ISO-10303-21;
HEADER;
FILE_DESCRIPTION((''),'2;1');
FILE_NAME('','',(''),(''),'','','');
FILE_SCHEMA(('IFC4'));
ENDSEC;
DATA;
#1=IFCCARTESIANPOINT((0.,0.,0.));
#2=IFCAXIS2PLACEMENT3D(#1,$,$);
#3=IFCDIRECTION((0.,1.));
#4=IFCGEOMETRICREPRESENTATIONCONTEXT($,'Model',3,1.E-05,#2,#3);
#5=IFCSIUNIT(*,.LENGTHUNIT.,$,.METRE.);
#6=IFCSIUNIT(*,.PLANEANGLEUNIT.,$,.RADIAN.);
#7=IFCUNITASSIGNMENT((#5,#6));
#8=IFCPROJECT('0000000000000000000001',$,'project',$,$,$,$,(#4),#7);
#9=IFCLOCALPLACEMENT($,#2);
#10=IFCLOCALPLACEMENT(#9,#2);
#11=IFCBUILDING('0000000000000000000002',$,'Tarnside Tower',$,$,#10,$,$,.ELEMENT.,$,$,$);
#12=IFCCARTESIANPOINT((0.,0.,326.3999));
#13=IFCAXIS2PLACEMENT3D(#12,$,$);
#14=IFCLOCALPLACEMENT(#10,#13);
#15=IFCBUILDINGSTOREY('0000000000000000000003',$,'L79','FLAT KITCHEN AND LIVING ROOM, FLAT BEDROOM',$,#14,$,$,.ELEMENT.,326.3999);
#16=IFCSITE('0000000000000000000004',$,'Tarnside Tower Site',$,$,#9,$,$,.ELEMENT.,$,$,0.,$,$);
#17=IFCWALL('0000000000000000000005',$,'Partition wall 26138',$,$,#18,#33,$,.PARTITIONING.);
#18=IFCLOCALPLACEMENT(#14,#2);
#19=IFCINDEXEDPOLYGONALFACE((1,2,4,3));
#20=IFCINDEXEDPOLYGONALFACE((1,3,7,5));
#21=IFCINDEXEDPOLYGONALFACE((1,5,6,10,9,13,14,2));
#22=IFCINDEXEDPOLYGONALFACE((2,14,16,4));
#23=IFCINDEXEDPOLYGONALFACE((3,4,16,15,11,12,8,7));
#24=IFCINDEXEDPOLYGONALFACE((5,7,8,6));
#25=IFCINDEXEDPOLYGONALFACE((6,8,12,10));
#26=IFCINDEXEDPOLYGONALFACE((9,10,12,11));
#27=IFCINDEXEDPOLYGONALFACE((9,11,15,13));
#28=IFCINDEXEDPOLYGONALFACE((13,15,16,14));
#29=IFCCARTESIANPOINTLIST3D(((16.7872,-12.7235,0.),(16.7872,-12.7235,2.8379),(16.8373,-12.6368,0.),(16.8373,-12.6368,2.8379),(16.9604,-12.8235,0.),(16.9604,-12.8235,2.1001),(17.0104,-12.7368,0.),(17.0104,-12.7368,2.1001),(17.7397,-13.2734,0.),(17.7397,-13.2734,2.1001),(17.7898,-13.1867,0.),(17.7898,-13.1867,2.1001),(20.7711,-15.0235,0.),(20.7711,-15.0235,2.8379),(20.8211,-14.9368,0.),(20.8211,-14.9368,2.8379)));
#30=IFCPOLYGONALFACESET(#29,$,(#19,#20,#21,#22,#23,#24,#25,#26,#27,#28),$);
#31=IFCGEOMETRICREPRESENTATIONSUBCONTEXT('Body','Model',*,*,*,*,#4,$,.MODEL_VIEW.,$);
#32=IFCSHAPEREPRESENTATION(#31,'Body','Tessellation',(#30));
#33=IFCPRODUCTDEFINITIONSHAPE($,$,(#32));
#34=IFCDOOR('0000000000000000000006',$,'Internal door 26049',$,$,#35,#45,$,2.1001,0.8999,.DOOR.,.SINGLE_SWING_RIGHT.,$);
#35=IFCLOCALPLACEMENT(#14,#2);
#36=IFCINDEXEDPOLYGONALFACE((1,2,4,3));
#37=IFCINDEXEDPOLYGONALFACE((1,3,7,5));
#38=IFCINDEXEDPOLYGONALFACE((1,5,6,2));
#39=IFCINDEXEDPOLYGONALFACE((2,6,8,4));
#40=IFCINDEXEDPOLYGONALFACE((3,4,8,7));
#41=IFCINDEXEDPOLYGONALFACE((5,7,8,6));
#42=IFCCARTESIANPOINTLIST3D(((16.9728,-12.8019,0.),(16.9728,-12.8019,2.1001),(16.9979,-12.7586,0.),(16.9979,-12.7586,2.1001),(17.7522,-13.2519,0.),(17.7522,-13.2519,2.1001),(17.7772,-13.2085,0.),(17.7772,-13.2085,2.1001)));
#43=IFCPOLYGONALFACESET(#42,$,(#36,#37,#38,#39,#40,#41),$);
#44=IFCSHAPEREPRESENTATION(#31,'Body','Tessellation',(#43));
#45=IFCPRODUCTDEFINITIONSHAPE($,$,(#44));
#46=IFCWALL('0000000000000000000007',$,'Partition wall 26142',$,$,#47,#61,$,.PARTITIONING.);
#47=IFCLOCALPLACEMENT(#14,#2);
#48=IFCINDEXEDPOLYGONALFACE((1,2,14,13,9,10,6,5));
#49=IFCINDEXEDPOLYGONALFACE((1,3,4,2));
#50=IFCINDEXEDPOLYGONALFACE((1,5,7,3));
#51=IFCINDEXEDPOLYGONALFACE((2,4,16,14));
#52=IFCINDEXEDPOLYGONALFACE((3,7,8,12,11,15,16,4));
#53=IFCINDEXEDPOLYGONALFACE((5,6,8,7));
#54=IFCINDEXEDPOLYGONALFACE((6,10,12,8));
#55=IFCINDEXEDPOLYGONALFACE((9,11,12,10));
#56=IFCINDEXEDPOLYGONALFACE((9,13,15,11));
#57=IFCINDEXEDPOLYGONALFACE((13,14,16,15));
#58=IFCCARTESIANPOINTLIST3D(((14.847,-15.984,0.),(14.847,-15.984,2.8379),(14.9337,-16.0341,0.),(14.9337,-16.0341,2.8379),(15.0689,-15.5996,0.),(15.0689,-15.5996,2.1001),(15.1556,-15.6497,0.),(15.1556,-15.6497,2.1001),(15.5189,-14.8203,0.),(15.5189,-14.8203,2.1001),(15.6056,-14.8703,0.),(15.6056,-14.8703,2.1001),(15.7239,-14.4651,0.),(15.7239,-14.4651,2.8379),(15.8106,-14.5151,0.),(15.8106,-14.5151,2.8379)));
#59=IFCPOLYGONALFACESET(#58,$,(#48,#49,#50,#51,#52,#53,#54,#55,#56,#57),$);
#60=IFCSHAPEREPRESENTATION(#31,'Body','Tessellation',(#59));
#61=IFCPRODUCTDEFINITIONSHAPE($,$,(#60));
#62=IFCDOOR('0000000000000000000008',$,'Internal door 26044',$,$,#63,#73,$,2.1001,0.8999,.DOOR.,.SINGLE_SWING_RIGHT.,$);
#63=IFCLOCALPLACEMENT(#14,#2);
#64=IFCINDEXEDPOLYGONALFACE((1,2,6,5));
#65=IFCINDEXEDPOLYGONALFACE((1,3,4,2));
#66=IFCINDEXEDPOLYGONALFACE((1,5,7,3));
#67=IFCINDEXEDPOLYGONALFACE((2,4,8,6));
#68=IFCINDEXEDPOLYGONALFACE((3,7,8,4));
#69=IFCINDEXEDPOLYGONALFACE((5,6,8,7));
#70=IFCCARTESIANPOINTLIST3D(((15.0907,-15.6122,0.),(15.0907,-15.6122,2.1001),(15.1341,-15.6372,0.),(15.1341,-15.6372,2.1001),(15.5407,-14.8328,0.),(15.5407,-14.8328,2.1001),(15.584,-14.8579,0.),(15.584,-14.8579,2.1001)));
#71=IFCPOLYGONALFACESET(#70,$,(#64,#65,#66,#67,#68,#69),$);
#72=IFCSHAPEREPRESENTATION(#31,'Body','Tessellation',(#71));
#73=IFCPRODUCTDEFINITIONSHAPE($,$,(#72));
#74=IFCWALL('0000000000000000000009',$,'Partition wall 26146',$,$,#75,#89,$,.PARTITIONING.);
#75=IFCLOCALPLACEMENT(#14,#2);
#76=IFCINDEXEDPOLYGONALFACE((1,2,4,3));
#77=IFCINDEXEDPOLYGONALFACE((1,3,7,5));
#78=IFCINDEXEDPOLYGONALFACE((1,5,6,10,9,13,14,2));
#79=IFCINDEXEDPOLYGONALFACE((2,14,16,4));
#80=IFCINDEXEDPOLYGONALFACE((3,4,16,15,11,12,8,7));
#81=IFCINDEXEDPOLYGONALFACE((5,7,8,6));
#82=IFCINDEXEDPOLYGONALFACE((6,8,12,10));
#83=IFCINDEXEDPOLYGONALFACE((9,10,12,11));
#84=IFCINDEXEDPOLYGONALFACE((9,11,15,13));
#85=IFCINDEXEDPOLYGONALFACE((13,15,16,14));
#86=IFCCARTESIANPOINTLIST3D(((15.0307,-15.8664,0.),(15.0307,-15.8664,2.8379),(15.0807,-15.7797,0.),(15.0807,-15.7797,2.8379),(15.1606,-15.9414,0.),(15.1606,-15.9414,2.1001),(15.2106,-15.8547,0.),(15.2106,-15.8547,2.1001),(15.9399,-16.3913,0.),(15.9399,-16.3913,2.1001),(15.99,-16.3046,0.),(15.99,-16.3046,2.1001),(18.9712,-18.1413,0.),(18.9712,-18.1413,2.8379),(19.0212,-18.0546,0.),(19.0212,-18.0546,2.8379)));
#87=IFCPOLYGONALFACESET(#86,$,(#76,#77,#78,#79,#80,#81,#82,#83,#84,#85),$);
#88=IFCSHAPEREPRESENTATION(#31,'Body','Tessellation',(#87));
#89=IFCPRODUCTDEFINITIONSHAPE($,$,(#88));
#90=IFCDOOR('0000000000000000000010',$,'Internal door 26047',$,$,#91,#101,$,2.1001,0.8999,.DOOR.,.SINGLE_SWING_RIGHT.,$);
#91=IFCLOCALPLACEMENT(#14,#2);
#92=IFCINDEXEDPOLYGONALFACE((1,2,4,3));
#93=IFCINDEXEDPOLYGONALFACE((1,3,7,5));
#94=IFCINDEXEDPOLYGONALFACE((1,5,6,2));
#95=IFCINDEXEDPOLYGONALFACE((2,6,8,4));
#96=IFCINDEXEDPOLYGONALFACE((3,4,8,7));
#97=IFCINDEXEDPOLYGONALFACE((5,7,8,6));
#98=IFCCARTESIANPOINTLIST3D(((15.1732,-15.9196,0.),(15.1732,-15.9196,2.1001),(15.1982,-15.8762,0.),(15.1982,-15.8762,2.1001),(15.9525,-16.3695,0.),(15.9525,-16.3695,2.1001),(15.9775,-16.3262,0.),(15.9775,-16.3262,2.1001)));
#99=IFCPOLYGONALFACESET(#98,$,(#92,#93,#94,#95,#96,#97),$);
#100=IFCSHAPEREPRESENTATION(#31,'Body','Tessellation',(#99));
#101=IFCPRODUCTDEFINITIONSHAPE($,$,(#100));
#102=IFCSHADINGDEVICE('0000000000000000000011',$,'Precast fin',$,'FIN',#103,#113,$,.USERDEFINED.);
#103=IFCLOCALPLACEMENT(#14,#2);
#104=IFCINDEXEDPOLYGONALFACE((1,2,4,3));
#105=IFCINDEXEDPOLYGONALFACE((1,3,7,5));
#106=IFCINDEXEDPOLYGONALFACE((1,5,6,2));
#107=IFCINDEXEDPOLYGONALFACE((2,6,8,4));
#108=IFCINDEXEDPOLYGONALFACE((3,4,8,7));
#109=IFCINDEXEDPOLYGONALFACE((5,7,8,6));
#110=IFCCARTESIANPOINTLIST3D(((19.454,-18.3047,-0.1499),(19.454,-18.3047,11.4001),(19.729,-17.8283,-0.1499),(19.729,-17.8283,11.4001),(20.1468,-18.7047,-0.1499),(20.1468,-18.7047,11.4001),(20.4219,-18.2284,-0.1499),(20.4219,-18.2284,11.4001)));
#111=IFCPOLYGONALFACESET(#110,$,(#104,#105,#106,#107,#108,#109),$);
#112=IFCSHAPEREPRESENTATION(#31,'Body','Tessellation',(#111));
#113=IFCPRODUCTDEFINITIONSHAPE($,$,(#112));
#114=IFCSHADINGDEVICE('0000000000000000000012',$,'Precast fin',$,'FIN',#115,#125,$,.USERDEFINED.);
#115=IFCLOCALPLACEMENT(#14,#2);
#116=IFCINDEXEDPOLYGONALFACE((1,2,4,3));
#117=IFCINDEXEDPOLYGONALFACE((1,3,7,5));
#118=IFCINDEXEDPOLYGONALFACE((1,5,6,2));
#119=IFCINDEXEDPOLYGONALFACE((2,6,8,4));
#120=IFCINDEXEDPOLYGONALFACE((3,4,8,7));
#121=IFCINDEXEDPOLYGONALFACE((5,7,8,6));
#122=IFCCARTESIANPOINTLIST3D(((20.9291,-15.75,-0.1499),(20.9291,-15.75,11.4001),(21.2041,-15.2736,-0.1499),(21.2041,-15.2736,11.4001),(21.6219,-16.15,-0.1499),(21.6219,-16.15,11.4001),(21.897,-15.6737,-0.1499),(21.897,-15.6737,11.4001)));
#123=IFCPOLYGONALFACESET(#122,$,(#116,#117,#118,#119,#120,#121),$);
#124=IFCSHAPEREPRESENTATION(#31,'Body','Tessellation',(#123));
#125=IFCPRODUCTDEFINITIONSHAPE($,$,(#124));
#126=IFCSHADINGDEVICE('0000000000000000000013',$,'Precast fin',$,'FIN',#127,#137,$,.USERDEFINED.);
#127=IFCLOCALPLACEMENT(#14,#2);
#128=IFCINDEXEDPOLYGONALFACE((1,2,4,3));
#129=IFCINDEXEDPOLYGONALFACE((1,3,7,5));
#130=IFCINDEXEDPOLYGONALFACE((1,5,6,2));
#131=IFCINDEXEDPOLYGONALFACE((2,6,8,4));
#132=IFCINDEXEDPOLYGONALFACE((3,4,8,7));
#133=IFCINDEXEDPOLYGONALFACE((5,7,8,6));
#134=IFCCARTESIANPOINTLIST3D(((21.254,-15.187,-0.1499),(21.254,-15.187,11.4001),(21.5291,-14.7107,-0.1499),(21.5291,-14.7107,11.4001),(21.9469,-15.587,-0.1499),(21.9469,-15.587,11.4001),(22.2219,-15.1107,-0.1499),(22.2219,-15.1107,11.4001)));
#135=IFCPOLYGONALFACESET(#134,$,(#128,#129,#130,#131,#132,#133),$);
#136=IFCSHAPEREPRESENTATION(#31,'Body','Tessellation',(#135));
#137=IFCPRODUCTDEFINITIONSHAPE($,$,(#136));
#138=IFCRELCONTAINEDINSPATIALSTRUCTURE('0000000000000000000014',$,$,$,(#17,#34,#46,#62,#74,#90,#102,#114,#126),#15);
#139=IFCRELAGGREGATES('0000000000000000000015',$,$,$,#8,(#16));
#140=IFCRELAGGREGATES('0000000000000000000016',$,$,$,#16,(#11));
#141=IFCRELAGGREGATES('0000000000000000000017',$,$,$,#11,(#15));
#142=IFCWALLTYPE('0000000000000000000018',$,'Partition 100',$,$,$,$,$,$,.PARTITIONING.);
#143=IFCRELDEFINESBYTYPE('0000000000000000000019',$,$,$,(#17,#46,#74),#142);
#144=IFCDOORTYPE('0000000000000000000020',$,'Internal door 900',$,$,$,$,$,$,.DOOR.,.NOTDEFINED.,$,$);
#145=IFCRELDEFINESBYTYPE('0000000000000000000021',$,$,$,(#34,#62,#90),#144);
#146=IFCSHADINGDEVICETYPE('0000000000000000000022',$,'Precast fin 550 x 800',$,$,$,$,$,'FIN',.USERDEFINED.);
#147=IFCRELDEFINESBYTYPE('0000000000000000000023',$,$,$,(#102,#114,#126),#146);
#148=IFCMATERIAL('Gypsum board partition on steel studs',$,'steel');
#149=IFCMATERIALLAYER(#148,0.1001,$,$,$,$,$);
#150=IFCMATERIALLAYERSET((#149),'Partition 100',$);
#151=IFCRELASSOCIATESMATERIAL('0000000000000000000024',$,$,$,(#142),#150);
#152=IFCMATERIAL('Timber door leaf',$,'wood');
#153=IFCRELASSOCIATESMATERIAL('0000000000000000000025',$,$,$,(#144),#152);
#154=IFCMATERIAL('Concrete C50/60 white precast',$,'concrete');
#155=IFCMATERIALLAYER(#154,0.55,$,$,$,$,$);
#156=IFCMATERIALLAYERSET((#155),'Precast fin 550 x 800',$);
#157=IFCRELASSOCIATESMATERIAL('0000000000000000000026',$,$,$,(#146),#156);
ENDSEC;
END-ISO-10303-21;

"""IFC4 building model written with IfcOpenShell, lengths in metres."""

from ifc_helpers import new_model, si_unit, direction, frame, frame_2d, origin, place, context, subcontext, project, spatial, polyline, rectangle, outline, extrude, material, layer, layer_set, type_object, element, fill, save


model = new_model("IFC4")

# Units and contexts
model_context = context("Model", 3, precision=1e-05, world=origin(), true_north=direction((0.0, 1.0)))
body_context = subcontext(model_context, "Body", "Model", "MODEL_VIEW")
ifc_project = project(units=[si_unit("LENGTHUNIT", "METRE"), si_unit("PLANEANGLEUNIT", "RADIAN")], contexts=[model_context])

# Site, building, storey
site_placement = place(None, origin())
site = spatial("IfcSite", under=ifc_project, at=site_placement, Name="Tarnside Tower Site", CompositionType="ELEMENT", RefElevation=0.0)
building_placement = place(site_placement, origin())
building = spatial("IfcBuilding", under=site, at=building_placement, Name="Tarnside Tower", CompositionType="ELEMENT")
storey_placement = place(building_placement, frame((0.0, 0.0, 326.3999)))
storey = spatial("IfcBuildingStorey", under=building, at=storey_placement, Name="L79", Description="FLAT KITCHEN AND LIVING ROOM, FLAT BEDROOM", CompositionType="ELEMENT", Elevation=326.3999)

# Shared definitions
ifc_material_1 = material(Name="Gypsum board partition on steel studs", Category="steel")
ifc_material_2 = material(Name="Timber door leaf", Category="wood")

# Walls, openings, doors
ifc_layer_1 = layer(ifc_material_1, 0.1001)
ifc_layer_set_1 = layer_set([ifc_layer_1], Name="Partition 100")
wall_type_1 = type_object("IfcWallType", Name="Partition 100", PredefinedType="PARTITIONING", material=ifc_layer_set_1)
wall_1_placement = place(storey_placement, frame((16.8123, -12.6802, 0.0), z_axis=(0.0, 0.0, 1.0), x_axis=(0.86603, -0.499992, 0.0)))
wall_1 = element("IfcWall", 1, at=wall_1_placement, inside=storey, type_object=wall_type_1, Name="Partition wall 26138", PredefinedType="PARTITIONING", context=body_context, shape_type="SweptSolid", body=[
    extrude(rectangle(XDim=4.6001, YDim=0.1001, at=frame_2d((2.3, 0.0))), origin(), (0.0, 0.0, 1.0), 2.8379),
])
opening_1_placement = place(wall_1_placement, frame((0.2, 0.0, 0.0)))
opening_1 = element("IfcOpeningElement", 2, at=opening_1_placement, cuts=wall_1, PredefinedType="OPENING", context=body_context, shape_type="SweptSolid", body=[
    extrude(rectangle(XDim=0.8999, YDim=2.1001, at=frame_2d((0.45, 1.05))), frame((0.0, 0.0601, 0.0), z_axis=(0.0, -1.0, 0.0), x_axis=(1.0, 0.0, 0.0)), (0.0, 0.0, 1.0), 0.1201),
])
door_type_1 = type_object("IfcDoorType", Name="Internal door 900", OperationType="NOTDEFINED", PredefinedType="DOOR", material=ifc_material_2)
door_1_placement = place(opening_1_placement, origin())
door_1 = element("IfcDoor", 3, at=door_1_placement, inside=storey, type_object=door_type_1, Name="Internal door 26049", OperationType="SINGLE_SWING_RIGHT", OverallHeight=2.1001, OverallWidth=0.8999, PredefinedType="DOOR", context=body_context, shape_type="SweptSolid", body=[
    extrude(rectangle(XDim=0.8999, YDim=2.1001, at=frame_2d((0.45, 1.05))), frame((0.0, 0.0249, 0.0), z_axis=(0.0, -1.0, 0.0), x_axis=(1.0, 0.0, 0.0)), (0.0, 0.0, 1.0), 0.05),
])
fill(opening_1, door_1)
wall_2_placement = place(storey_placement, frame((14.8904, -16.009, 0.0), z_axis=(0.0, 0.0, 1.0), x_axis=(0.499971, 0.866042, 0.0)))
wall_2 = element("IfcWall", 4, at=wall_2_placement, inside=storey, type_object=wall_type_1, Name="Partition wall 26142", PredefinedType="PARTITIONING", context=body_context, shape_type="SweptSolid", body=[
    extrude(rectangle(XDim=1.7539, YDim=0.1001, at=frame_2d((0.877, 0.0))), origin(), (0.0, 0.0, 1.0), 2.8379),
])
opening_2_placement = place(wall_2_placement, frame((0.4438, 0.0, 0.0)))
opening_2 = element("IfcOpeningElement", 5, at=opening_2_placement, cuts=wall_2, PredefinedType="OPENING", context=body_context, shape_type="SweptSolid", body=[
    extrude(rectangle(XDim=0.8999, YDim=2.1001, at=frame_2d((0.45, 1.05))), frame((0.0, 0.0601, 0.0), z_axis=(0.0, -1.0, 0.0), x_axis=(1.0, 0.0, 0.0)), (0.0, 0.0, 1.0), 0.1201),
])
door_2_placement = place(opening_2_placement, origin())
door_2 = element("IfcDoor", 6, at=door_2_placement, inside=storey, type_object=door_type_1, Name="Internal door 26044", OperationType="SINGLE_SWING_RIGHT", OverallHeight=2.1001, OverallWidth=0.8999, PredefinedType="DOOR", context=body_context, shape_type="SweptSolid", body=[
    extrude(rectangle(XDim=0.8999, YDim=2.1001, at=frame_2d((0.45, 1.05))), frame((0.0, 0.0249, 0.0), z_axis=(0.0, -1.0, 0.0), x_axis=(1.0, 0.0, 0.0)), (0.0, 0.0, 1.0), 0.05),
])
fill(opening_2, door_2)
wall_3_placement = place(storey_placement, frame((18.9961, -18.0979, 0.0), z_axis=(0.0, 0.0, 1.0), x_axis=(-0.866035, 0.499983, 0.0)))
wall_3 = element("IfcWall", 7, at=wall_3_placement, inside=storey, type_object=wall_type_1, Name="Partition wall 26146", PredefinedType="PARTITIONING", context=body_context, shape_type="SweptSolid", body=[
    extrude(rectangle(XDim=4.55, YDim=0.1001, at=frame_2d((2.2749, 0.0))), origin(), (0.0, 0.0, 1.0), 2.8379),
])
opening_3_placement = place(wall_3_placement, frame((3.5, 0.0, 0.0)))
opening_3 = element("IfcOpeningElement", 8, at=opening_3_placement, cuts=wall_3, PredefinedType="OPENING", context=body_context, shape_type="SweptSolid", body=[
    extrude(rectangle(XDim=0.8999, YDim=2.1001, at=frame_2d((0.45, 1.05))), frame((0.0, 0.0601, 0.0), z_axis=(0.0, -1.0, 0.0), x_axis=(1.0, 0.0, 0.0)), (0.0, 0.0, 1.0), 0.1201),
])
door_3_placement = place(opening_3_placement, origin())
door_3 = element("IfcDoor", 9, at=door_3_placement, inside=storey, type_object=door_type_1, Name="Internal door 26047", OperationType="SINGLE_SWING_RIGHT", OverallHeight=2.1001, OverallWidth=0.8999, PredefinedType="DOOR", context=body_context, shape_type="SweptSolid", body=[
    extrude(rectangle(XDim=0.8999, YDim=2.1001, at=frame_2d((0.45, 1.05))), frame((0.0, 0.0249, 0.0), z_axis=(0.0, -1.0, 0.0), x_axis=(1.0, 0.0, 0.0)), (0.0, 0.0, 1.0), 0.05),
])
fill(opening_3, door_3)

# Shading devices
ifc_material_3 = material(Name="Concrete C50/60 white precast", Category="concrete")
ifc_layer_2 = layer(ifc_material_3, 0.55)
ifc_layer_set_2 = layer_set([ifc_layer_2], Name="Precast fin 550 x 800")
shading_device_type = type_object("IfcShadingDeviceType", Name="Precast fin 550 x 800", ElementType="FIN", PredefinedType="USERDEFINED", material=ifc_layer_set_2)
for number, where, z_axis, x_axis, name in (
    (10, (19.5916, -18.0664, -0.1499), (-0.5, -0.866025, 0.0), (0.866025, -0.5, 0.0), "Precast fin"),
    (11, (21.0667, -15.5117, -0.1499), (-0.5, -0.866025, 0.0), (0.866025, -0.5, 0.0), "Precast fin"),
    (12, (21.3916, -14.9487, -0.1499), (-0.5, -0.866025, 0.0), (0.866025, -0.5, 0.0), "Precast fin"),
):
    element("IfcShadingDevice", number, at=place(storey_placement, frame(where, z_axis=z_axis, x_axis=x_axis)), inside=storey, type_object=shading_device_type, Name=name, ObjectType="FIN", PredefinedType="USERDEFINED", context=body_context, shape_type="SweptSolid", body=[
        extrude(outline(polyline([(0.0, 0.0), (0.8, 0.0), (0.8, 11.55), (0.0, 11.55), (0.0, 0.0)])), frame((0.0, 0.0, -0.2749)), (0.0, 0.0, 1.0), 0.55),
    ])

save(model, "model.ifc")
